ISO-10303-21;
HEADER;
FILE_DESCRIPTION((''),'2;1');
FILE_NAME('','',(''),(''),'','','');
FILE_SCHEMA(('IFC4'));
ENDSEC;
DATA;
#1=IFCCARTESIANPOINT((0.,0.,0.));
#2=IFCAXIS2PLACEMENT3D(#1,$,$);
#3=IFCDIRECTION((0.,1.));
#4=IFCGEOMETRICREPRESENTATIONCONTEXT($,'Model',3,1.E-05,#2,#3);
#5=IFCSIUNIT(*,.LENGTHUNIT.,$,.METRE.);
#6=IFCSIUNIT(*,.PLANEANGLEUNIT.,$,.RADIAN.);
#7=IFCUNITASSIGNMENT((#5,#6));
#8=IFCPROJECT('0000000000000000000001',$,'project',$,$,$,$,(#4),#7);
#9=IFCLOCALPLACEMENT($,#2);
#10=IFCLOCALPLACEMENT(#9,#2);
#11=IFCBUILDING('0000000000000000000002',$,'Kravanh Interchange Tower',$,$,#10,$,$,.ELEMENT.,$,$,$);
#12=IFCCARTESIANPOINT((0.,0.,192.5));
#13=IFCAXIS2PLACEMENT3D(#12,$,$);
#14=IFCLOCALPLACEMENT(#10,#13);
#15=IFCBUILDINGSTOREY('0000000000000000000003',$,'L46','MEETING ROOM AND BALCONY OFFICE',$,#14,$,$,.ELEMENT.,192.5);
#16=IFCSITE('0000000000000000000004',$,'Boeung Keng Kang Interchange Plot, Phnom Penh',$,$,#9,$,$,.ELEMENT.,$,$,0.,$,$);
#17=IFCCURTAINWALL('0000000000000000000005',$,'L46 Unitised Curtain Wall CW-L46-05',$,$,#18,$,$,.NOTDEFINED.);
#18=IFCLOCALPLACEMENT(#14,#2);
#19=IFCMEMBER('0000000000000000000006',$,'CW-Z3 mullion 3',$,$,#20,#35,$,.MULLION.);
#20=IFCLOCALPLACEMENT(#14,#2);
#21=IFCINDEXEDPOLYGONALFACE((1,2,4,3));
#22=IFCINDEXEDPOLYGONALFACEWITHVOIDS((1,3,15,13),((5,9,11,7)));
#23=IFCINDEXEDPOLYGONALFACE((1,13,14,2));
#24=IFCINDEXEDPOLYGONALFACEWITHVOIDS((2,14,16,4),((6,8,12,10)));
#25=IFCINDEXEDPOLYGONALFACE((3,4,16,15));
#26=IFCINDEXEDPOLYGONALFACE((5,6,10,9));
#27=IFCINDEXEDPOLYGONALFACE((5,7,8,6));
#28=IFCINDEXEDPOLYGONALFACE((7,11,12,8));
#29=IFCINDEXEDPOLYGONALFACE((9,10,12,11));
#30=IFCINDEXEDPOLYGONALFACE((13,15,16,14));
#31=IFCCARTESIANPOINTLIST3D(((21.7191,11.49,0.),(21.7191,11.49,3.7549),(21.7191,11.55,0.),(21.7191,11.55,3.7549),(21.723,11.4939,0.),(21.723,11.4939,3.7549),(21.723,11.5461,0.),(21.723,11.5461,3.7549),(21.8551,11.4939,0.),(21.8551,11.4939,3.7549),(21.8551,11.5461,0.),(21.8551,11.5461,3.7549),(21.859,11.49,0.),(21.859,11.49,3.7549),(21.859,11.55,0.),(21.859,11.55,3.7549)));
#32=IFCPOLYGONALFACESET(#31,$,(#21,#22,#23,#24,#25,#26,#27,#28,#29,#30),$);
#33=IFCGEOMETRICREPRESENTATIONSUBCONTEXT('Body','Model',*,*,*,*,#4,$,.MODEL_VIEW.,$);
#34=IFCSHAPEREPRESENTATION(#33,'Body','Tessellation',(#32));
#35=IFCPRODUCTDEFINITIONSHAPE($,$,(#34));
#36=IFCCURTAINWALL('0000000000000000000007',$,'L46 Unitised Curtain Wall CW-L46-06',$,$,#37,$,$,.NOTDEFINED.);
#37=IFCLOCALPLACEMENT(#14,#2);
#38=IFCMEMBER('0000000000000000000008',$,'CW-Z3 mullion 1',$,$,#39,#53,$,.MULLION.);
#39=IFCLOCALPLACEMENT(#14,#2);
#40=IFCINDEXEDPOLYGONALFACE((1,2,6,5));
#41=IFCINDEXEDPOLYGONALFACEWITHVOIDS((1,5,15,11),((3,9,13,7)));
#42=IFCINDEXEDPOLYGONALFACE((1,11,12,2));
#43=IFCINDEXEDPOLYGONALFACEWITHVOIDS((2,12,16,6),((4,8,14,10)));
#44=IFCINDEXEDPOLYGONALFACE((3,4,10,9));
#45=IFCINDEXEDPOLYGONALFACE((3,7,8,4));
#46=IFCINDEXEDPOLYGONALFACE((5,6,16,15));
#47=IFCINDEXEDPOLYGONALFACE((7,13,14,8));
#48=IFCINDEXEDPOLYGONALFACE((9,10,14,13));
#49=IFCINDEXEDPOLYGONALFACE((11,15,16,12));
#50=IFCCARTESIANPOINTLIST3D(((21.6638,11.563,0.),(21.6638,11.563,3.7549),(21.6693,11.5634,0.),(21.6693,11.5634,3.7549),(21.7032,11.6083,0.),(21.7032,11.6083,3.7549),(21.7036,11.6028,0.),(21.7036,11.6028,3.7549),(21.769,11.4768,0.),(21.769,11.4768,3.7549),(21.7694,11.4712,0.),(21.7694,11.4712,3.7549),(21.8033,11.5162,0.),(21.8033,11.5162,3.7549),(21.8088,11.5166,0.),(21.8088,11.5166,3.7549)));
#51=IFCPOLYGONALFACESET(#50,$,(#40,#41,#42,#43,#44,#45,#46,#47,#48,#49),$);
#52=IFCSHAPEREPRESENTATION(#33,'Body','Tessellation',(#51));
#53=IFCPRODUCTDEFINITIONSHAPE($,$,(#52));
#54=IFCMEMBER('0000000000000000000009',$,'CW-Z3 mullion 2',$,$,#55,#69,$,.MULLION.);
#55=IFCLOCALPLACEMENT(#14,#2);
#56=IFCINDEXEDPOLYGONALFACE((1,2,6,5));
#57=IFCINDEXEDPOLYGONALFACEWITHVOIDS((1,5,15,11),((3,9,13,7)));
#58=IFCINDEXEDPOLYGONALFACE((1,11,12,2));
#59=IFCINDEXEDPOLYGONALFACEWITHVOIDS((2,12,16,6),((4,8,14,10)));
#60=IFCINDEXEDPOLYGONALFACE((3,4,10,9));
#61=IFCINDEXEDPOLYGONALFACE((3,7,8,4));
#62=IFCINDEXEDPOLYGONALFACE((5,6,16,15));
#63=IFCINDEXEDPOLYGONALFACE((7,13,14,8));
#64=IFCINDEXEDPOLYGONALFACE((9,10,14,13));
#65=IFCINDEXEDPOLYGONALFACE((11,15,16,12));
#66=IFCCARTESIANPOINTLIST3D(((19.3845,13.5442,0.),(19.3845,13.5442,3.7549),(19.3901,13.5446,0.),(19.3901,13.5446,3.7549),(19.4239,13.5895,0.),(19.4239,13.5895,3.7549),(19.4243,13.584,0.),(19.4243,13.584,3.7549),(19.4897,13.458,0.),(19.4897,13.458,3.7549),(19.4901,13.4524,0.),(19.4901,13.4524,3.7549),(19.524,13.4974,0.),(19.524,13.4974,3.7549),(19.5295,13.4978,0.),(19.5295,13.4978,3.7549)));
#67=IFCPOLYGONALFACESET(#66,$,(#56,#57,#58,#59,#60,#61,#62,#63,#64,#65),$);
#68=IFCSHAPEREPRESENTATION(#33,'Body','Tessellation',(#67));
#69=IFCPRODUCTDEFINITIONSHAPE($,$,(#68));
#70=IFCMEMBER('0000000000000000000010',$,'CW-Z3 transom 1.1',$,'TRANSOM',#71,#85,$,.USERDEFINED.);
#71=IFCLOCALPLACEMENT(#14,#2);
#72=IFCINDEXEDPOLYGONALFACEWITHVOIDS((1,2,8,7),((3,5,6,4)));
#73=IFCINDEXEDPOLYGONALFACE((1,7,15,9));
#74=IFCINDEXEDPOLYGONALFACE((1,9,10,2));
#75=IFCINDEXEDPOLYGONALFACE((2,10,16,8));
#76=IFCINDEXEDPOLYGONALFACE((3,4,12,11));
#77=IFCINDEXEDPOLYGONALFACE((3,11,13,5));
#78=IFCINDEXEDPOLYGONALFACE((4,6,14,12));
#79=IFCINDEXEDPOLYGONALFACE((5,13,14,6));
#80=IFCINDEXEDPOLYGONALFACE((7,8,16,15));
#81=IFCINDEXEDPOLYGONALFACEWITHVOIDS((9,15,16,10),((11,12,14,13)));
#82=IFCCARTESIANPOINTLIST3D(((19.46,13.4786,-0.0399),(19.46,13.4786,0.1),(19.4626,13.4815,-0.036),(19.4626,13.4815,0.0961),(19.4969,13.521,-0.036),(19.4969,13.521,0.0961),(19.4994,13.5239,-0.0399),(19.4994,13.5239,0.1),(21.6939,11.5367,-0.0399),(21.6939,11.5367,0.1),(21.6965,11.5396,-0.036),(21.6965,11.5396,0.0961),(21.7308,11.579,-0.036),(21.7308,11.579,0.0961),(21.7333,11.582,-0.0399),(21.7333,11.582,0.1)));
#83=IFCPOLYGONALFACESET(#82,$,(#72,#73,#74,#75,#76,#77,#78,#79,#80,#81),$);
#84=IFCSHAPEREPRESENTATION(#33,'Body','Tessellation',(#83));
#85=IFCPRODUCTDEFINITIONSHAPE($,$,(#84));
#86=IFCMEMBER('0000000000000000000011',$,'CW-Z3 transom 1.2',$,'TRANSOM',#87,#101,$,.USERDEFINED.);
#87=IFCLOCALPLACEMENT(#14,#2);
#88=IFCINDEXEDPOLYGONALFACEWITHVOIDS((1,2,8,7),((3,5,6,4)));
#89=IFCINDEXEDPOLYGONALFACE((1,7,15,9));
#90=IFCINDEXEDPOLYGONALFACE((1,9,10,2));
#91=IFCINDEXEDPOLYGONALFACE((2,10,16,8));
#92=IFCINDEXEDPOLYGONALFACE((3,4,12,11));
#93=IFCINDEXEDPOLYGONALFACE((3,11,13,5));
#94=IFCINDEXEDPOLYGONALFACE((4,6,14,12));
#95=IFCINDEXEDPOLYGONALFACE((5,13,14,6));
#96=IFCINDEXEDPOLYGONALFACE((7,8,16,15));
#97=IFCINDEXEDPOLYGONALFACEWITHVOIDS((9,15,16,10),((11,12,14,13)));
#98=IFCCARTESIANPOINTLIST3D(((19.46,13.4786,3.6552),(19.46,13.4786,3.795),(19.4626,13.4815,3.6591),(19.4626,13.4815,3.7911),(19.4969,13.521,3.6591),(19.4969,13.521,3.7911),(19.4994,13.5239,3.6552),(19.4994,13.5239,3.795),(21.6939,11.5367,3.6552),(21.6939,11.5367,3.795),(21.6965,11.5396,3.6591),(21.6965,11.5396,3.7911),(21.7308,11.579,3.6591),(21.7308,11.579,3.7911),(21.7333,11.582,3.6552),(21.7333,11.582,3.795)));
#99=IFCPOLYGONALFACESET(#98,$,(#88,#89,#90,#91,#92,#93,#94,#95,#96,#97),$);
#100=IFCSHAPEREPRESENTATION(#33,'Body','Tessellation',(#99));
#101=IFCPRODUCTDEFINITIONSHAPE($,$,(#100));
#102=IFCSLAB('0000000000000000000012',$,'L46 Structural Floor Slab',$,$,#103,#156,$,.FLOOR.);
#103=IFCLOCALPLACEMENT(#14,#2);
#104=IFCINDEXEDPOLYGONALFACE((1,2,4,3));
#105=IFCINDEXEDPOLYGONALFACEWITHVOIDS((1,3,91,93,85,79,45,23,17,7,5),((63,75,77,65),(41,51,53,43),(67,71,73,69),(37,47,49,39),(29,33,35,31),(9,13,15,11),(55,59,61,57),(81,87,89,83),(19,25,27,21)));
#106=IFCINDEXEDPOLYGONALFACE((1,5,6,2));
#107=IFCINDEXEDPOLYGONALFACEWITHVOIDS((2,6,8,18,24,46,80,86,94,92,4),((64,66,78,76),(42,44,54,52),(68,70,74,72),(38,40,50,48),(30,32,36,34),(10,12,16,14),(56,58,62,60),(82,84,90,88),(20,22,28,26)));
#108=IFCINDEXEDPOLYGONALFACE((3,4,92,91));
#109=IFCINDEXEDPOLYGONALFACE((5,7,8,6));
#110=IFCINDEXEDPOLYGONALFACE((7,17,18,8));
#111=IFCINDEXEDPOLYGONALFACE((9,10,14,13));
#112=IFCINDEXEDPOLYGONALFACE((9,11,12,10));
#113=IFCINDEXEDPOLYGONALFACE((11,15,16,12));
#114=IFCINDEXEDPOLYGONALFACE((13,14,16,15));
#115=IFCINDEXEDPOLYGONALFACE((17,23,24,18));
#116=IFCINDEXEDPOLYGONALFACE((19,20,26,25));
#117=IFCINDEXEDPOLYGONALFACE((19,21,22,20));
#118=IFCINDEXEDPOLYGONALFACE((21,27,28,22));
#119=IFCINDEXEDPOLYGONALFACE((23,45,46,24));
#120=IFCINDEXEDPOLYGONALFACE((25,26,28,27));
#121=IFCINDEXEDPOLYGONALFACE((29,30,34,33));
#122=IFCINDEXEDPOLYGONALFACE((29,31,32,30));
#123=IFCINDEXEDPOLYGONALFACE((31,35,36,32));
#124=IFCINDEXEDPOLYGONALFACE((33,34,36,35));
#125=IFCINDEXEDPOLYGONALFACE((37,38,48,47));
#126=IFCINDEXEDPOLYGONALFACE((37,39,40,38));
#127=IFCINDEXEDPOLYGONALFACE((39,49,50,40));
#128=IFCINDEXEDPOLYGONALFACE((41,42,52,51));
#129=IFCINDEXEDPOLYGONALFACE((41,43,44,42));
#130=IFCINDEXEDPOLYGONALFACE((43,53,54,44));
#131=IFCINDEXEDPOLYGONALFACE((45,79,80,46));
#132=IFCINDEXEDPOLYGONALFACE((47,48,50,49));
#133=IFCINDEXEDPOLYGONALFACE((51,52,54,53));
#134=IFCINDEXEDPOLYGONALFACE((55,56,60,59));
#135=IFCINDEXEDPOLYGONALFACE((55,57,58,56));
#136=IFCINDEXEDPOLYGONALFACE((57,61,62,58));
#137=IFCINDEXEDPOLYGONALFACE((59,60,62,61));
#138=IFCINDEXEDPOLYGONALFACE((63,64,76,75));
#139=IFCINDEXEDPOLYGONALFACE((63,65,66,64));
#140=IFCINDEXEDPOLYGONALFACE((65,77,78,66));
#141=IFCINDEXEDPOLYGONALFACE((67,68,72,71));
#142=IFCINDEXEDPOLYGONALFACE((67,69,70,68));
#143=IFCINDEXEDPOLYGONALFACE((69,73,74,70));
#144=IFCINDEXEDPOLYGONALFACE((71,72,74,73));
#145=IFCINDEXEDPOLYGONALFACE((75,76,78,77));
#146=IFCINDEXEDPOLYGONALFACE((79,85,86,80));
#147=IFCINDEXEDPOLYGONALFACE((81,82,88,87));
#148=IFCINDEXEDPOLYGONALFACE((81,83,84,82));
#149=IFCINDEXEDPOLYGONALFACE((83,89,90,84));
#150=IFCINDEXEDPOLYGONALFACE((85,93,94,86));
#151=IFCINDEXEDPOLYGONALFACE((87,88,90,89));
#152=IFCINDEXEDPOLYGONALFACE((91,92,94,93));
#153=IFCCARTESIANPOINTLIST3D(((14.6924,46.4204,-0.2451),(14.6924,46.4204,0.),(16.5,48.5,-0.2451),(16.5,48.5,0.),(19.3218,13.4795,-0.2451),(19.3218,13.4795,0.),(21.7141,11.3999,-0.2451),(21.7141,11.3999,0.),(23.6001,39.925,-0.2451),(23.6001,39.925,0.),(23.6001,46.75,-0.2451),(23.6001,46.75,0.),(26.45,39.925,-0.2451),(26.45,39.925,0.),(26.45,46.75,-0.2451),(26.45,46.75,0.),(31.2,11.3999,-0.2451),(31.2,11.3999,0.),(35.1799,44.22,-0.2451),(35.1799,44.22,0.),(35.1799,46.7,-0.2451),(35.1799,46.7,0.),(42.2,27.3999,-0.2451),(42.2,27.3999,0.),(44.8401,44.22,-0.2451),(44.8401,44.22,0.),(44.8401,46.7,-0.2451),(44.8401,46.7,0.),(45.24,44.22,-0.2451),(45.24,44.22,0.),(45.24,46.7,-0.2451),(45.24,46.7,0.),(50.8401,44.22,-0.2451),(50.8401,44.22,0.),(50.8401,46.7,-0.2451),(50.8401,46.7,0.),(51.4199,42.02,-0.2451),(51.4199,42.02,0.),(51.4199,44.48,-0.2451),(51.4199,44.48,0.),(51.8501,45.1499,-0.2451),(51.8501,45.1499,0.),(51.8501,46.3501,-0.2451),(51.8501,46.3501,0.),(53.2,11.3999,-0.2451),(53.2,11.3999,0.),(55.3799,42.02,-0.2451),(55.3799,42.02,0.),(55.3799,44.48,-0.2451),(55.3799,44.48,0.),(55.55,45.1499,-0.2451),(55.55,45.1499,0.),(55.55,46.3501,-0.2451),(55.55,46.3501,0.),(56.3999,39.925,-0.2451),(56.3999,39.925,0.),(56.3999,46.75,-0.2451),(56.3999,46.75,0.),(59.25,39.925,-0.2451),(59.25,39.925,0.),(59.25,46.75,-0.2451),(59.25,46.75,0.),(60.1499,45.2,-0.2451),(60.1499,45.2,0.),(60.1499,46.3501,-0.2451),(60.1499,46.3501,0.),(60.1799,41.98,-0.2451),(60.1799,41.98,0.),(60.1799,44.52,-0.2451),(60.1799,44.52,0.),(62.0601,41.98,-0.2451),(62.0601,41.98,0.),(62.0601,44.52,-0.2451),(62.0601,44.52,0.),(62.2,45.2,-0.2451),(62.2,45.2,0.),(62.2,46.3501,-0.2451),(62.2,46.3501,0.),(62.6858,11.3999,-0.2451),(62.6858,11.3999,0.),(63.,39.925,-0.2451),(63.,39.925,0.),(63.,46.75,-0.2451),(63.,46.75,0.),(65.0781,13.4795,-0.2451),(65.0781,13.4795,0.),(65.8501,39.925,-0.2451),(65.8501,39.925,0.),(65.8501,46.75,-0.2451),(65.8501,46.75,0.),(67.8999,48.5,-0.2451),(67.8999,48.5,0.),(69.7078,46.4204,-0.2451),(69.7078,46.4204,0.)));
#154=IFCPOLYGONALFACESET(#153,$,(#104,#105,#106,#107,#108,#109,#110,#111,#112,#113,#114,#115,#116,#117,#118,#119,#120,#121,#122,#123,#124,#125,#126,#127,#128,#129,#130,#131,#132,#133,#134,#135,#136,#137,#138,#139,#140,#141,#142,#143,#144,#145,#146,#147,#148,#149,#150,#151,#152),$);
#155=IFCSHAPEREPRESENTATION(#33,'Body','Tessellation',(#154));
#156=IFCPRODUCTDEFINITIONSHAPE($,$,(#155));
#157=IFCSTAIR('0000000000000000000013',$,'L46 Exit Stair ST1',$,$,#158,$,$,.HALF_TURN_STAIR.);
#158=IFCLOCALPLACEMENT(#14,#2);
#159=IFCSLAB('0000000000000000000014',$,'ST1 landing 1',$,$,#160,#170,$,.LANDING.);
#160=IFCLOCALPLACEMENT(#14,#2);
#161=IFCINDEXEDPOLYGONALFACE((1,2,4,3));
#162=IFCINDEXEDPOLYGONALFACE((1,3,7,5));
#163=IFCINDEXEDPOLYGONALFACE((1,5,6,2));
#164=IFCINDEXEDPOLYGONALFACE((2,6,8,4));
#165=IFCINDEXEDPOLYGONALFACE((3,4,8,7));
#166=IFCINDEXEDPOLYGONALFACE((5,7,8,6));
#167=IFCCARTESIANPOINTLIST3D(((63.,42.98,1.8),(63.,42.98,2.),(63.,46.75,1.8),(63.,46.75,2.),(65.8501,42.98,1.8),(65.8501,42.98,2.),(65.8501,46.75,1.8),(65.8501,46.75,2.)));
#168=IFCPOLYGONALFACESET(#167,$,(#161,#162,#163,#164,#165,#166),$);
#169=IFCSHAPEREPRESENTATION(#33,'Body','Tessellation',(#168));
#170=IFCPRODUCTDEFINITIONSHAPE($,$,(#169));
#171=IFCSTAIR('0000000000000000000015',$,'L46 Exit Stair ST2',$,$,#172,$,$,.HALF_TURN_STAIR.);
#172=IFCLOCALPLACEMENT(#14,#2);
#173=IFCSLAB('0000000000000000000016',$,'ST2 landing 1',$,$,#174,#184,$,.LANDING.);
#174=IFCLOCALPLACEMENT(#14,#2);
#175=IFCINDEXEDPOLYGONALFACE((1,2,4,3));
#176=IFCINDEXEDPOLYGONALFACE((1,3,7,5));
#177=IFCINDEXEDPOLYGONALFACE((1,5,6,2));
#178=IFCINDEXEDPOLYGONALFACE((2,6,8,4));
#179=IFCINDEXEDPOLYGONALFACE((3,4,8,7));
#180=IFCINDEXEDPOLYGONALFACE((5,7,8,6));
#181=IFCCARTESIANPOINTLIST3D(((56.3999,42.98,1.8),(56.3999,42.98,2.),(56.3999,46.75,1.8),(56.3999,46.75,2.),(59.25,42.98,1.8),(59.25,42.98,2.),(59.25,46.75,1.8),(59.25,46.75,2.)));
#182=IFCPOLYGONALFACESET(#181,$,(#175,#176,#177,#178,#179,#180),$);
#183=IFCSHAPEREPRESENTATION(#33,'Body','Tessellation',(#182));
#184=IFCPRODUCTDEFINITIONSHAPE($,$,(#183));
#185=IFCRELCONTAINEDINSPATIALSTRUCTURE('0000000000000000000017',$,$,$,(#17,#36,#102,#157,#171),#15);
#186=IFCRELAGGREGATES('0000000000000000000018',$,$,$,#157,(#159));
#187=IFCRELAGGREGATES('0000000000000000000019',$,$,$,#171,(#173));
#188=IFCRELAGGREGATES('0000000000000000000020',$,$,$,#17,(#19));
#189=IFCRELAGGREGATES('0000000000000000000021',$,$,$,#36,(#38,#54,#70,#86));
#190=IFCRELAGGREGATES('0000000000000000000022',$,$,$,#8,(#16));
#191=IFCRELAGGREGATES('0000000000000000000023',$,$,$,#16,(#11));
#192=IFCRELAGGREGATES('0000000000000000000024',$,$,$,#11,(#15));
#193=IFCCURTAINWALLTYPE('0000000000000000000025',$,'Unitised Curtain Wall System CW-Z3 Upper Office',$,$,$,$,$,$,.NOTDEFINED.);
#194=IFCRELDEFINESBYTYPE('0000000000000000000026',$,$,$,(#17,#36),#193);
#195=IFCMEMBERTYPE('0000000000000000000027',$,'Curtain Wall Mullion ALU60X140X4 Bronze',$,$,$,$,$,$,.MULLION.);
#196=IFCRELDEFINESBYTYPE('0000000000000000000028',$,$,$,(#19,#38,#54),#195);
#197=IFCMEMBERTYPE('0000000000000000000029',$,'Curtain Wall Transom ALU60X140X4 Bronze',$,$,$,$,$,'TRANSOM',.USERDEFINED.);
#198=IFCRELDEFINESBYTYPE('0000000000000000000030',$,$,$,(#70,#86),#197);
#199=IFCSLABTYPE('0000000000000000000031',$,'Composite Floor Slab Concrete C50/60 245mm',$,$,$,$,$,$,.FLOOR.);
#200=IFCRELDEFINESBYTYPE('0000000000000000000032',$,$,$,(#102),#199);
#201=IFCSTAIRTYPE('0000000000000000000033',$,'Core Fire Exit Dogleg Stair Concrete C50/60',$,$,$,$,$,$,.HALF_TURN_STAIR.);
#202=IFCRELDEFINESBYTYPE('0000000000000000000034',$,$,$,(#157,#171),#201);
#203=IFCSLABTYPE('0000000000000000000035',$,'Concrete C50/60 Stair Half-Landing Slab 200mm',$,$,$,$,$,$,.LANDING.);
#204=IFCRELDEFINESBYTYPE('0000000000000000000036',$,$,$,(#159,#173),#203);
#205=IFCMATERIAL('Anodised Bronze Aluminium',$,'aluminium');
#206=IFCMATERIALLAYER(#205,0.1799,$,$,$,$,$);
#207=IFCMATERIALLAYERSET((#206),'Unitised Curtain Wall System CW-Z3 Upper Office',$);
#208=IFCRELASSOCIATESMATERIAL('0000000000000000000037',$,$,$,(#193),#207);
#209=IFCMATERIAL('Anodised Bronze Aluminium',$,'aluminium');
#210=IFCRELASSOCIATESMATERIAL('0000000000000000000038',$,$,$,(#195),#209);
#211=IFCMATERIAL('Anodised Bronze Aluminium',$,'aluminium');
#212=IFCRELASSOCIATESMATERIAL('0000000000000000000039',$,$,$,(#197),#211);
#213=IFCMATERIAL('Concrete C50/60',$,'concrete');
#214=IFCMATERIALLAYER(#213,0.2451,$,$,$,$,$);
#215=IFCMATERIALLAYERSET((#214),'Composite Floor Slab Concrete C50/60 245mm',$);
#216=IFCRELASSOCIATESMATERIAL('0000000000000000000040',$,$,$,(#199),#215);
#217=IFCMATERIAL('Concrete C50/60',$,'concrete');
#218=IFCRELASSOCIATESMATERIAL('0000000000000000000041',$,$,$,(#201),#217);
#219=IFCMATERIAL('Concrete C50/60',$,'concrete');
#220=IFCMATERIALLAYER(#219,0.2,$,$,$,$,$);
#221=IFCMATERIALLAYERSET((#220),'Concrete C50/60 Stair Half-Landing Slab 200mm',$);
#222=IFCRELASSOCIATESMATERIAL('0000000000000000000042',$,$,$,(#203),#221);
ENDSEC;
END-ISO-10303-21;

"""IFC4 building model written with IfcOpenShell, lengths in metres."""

from ifc_helpers import new_model, si_unit, direction, frame, origin, origin_2d, place, context, subcontext, project, spatial, polyline, hollow_rectangle, outline, extrude, material, layer, layer_set, material_profile, profile_set, type_object, element, aggregate, save


model = new_model("IFC4")

# Units and contexts
model_context = context("Model", 3, precision=1e-05, world=origin(), true_north=direction((0.0, 1.0)))
body_context = subcontext(model_context, "Body", "Model", "MODEL_VIEW")
ifc_project = project(units=[si_unit("LENGTHUNIT", "METRE"), si_unit("PLANEANGLEUNIT", "RADIAN")], contexts=[model_context])

# Site, building, storey
site_placement = place(None, origin())
site = spatial("IfcSite", under=ifc_project, at=site_placement, Name="Boeung Keng Kang Interchange Plot, Phnom Penh", CompositionType="ELEMENT", RefElevation=0.0)
building_placement = place(site_placement, origin())
building = spatial("IfcBuilding", under=site, at=building_placement, Name="Kravanh Interchange Tower", CompositionType="ELEMENT")
storey_placement = place(building_placement, frame((0.0, 0.0, 192.5)))
storey = spatial("IfcBuildingStorey", under=building, at=storey_placement, Name="L46", Description="MEETING ROOM AND BALCONY OFFICE", CompositionType="ELEMENT", Elevation=192.5)

# Curtain wall, member
ifc_material_1 = material(Name="Anodised Bronze Aluminium", Category="aluminium")
ifc_layer_1 = layer(ifc_material_1, 0.1799)
ifc_layer_set_1 = layer_set([ifc_layer_1], Name="Unitised Curtain Wall System CW-Z3 Upper Office")
curtain_wall_type = type_object("IfcCurtainWallType", Name="Unitised Curtain Wall System CW-Z3 Upper Office", PredefinedType="NOTDEFINED", material=ifc_layer_set_1)
curtain_wall_1_placement = place(storey_placement, origin())
curtain_wall_1 = element("IfcCurtainWall", 1, at=curtain_wall_1_placement, inside=storey, type_object=curtain_wall_type, Name="L46 Unitised Curtain Wall CW-L46-05", PredefinedType="NOTDEFINED")
ifc_material_2 = material(Name="Anodised Bronze Aluminium", Category="aluminium")
ifc_material_profile_1 = material_profile(ifc_material_2, hollow_rectangle(XDim=0.0601, YDim=0.1399, WallThickness=0.0039, at=origin_2d()), Name="ALU60X140X4")
ifc_profile_set_1 = profile_set([ifc_material_profile_1], Name="Anodised Bronze Aluminium")
member_type_1 = type_object("IfcMemberType", Name="Curtain Wall Mullion ALU60X140X4 Bronze", PredefinedType="MULLION", material=ifc_profile_set_1)
member_1_placement = place(storey_placement, frame((21.7891, 11.52, 0.0), z_axis=(0.0, 0.0, 1.0), x_axis=(0.0, -1.0, 0.0)))
member_1 = element("IfcMember", 2, at=member_1_placement, type_object=member_type_1, Name="CW-Z3 mullion 3", PredefinedType="MULLION", context=body_context, shape_type="SweptSolid", body=[
    extrude(hollow_rectangle(XDim=0.0601, YDim=0.1399, WallThickness=0.0039, at=origin_2d()), origin(), (0.0, 0.0, 1.0), 3.7549),
])

# Curtain wall, members
curtain_wall_2_placement = place(storey_placement, origin())
curtain_wall_2 = element("IfcCurtainWall", 3, at=curtain_wall_2_placement, inside=storey, type_object=curtain_wall_type, Name="L46 Unitised Curtain Wall CW-L46-06", PredefinedType="NOTDEFINED")
member_2_placement = place(storey_placement, frame((21.7363, 11.5398, 0.0), z_axis=(0.0, 0.0, 1.0), x_axis=(-0.656051, -0.754717, 0.0)))
member_2 = element("IfcMember", 4, at=member_2_placement, type_object=member_type_1, Name="CW-Z3 mullion 1", PredefinedType="MULLION", context=body_context, shape_type="SweptSolid", body=[
    extrude(hollow_rectangle(XDim=0.0601, YDim=0.1399, WallThickness=0.0039, at=origin_2d()), origin(), (0.0, 0.0, 1.0), 3.7549),
])
member_3_placement = place(storey_placement, frame((19.457, 13.521, 0.0), z_axis=(0.0, 0.0, 1.0), x_axis=(-0.656051, -0.754717, 0.0)))
member_3 = element("IfcMember", 5, at=member_3_placement, type_object=member_type_1, Name="CW-Z3 mullion 2", PredefinedType="MULLION", context=body_context, shape_type="SweptSolid", body=[
    extrude(hollow_rectangle(XDim=0.0601, YDim=0.1399, WallThickness=0.0039, at=origin_2d()), origin(), (0.0, 0.0, 1.0), 3.7549),
])
ifc_material_3 = material(Name="Anodised Bronze Aluminium", Category="aluminium")
ifc_material_profile_2 = material_profile(ifc_material_3, hollow_rectangle(XDim=0.0601, YDim=0.1399, WallThickness=0.0039, at=origin_2d()), Name="ALU60X140X4")
ifc_profile_set_2 = profile_set([ifc_material_profile_2], Name="Anodised Bronze Aluminium")
member_type_2 = type_object("IfcMemberType", Name="Curtain Wall Transom ALU60X140X4 Bronze", ElementType="TRANSOM", PredefinedType="USERDEFINED", material=ifc_profile_set_2)
member_4_placement = place(storey_placement, frame((21.7136, 11.5593, 0.03), z_axis=(-0.754709, 0.65606, 0.0), x_axis=(-0.65606, -0.754709, 0.0)))
member_4 = element("IfcMember", 6, at=member_4_placement, type_object=member_type_2, Name="CW-Z3 transom 1.1", ObjectType="TRANSOM", PredefinedType="USERDEFINED", context=body_context, shape_type="SweptSolid", body=[
    extrude(hollow_rectangle(XDim=0.0601, YDim=0.1399, WallThickness=0.0039, at=origin_2d()), origin(), (0.0, 0.0, 1.0), 2.96),
])
member_5_placement = place(storey_placement, frame((21.7136, 11.5593, 3.7251), z_axis=(-0.754709, 0.65606, 0.0), x_axis=(-0.65606, -0.754709, 0.0)))
member_5 = element("IfcMember", 7, at=member_5_placement, type_object=member_type_2, Name="CW-Z3 transom 1.2", ObjectType="TRANSOM", PredefinedType="USERDEFINED", context=body_context, shape_type="SweptSolid", body=[
    extrude(hollow_rectangle(XDim=0.0601, YDim=0.1399, WallThickness=0.0039, at=origin_2d()), origin(), (0.0, 0.0, 1.0), 2.96),
])

# Slab
ifc_material_4 = material(Name="Concrete C50/60", Category="concrete")
ifc_layer_2 = layer(ifc_material_4, 0.2451)
ifc_layer_set_2 = layer_set([ifc_layer_2], Name="Composite Floor Slab Concrete C50/60 245mm")
slab_type_1 = type_object("IfcSlabType", Name="Composite Floor Slab Concrete C50/60 245mm", PredefinedType="FLOOR", material=ifc_layer_set_2)
slab_1_placement = place(storey_placement, frame((0.0, 0.0, -0.2451)))
element("IfcSlab", 8, at=slab_1_placement, inside=storey, type_object=slab_type_1, Name="L46 Structural Floor Slab", PredefinedType="FLOOR", context=body_context, shape_type="SweptSolid", body=[
    extrude(outline(polyline([(19.3218, 13.4795), (21.7141, 11.3999), (31.2, 11.3999), (42.2, 27.3999), (53.2, 11.3999), (62.6858, 11.3999), (65.0781, 13.4795), (69.7078, 46.4204), (67.8999, 48.5), (16.5, 48.5), (14.6924, 46.4204), (19.3218, 13.4795)]), holes=[polyline([(65.8501, 39.925), (65.8501, 46.75), (63.0, 46.75), (63.0, 39.925), (65.8501, 39.925)]), polyline([(59.25, 39.925), (59.25, 46.75), (56.3999, 46.75), (56.3999, 39.925), (59.25, 39.925)]), polyline([(26.45, 39.925), (26.45, 46.75), (23.6001, 46.75), (23.6001, 39.925), (26.45, 39.925)]), polyline([(35.1799, 44.22), (44.8401, 44.22), (44.8401, 46.7), (35.1799, 46.7), (35.1799, 44.22)]), polyline([(45.24, 44.22), (50.8401, 44.22), (50.8401, 46.7), (45.24, 46.7), (45.24, 44.22)]), polyline([(51.4199, 42.02), (55.3799, 42.02), (55.3799, 44.48), (51.4199, 44.48), (51.4199, 42.02)]), polyline([(60.1799, 41.98), (62.0601, 41.98), (62.0601, 44.52), (60.1799, 44.52), (60.1799, 41.98)]), polyline([(60.1499, 45.2), (62.2, 45.2), (62.2, 46.3501), (60.1499, 46.3501), (60.1499, 45.2)]), polyline([(51.8501, 45.1499), (55.55, 45.1499), (55.55, 46.3501), (51.8501, 46.3501), (51.8501, 45.1499)])]), origin(), (0.0, 0.0, 1.0), 0.2451),
])

# Stairs, slabs
ifc_material_5 = material(Name="Concrete C50/60", Category="concrete")
stair_type = type_object("IfcStairType", Name="Core Fire Exit Dogleg Stair Concrete C50/60", PredefinedType="HALF_TURN_STAIR", material=ifc_material_5)
stair_1_placement = place(storey_placement, origin())
stair_1 = element("IfcStair", 9, at=stair_1_placement, inside=storey, type_object=stair_type, Name="L46 Exit Stair ST1", PredefinedType="HALF_TURN_STAIR")
ifc_material_6 = material(Name="Concrete C50/60", Category="concrete")
ifc_layer_3 = layer(ifc_material_6, 0.2)
ifc_layer_set_3 = layer_set([ifc_layer_3], Name="Concrete C50/60 Stair Half-Landing Slab 200mm")
slab_type_2 = type_object("IfcSlabType", Name="Concrete C50/60 Stair Half-Landing Slab 200mm", PredefinedType="LANDING", material=ifc_layer_set_3)
slab_2_placement = place(storey_placement, frame((0.0, 0.0, 1.8)))
slab_2 = element("IfcSlab", 10, at=slab_2_placement, type_object=slab_type_2, Name="ST1 landing 1", PredefinedType="LANDING", context=body_context, shape_type="SweptSolid", body=[
    extrude(outline(polyline([(65.8501, 42.98), (65.8501, 46.75), (63.0, 46.75), (63.0, 42.98), (65.8501, 42.98)])), origin(), (0.0, 0.0, 1.0), 0.2),
])
aggregate(stair_1, [slab_2])
stair_2_placement = place(storey_placement, origin())
stair_2 = element("IfcStair", 11, at=stair_2_placement, inside=storey, type_object=stair_type, Name="L46 Exit Stair ST2", PredefinedType="HALF_TURN_STAIR")
slab_3_placement = place(storey_placement, frame((0.0, 0.0, 1.8)))
slab_3 = element("IfcSlab", 12, at=slab_3_placement, type_object=slab_type_2, Name="ST2 landing 1", PredefinedType="LANDING", context=body_context, shape_type="SweptSolid", body=[
    extrude(outline(polyline([(59.25, 42.98), (59.25, 46.75), (56.3999, 46.75), (56.3999, 42.98), (59.25, 42.98)])), origin(), (0.0, 0.0, 1.0), 0.2),
])
aggregate(stair_2, [slab_3])

aggregate(curtain_wall_1, [member_1])
aggregate(curtain_wall_2, [member_2, member_3, member_4, member_5])

save(model, "model.ifc")
